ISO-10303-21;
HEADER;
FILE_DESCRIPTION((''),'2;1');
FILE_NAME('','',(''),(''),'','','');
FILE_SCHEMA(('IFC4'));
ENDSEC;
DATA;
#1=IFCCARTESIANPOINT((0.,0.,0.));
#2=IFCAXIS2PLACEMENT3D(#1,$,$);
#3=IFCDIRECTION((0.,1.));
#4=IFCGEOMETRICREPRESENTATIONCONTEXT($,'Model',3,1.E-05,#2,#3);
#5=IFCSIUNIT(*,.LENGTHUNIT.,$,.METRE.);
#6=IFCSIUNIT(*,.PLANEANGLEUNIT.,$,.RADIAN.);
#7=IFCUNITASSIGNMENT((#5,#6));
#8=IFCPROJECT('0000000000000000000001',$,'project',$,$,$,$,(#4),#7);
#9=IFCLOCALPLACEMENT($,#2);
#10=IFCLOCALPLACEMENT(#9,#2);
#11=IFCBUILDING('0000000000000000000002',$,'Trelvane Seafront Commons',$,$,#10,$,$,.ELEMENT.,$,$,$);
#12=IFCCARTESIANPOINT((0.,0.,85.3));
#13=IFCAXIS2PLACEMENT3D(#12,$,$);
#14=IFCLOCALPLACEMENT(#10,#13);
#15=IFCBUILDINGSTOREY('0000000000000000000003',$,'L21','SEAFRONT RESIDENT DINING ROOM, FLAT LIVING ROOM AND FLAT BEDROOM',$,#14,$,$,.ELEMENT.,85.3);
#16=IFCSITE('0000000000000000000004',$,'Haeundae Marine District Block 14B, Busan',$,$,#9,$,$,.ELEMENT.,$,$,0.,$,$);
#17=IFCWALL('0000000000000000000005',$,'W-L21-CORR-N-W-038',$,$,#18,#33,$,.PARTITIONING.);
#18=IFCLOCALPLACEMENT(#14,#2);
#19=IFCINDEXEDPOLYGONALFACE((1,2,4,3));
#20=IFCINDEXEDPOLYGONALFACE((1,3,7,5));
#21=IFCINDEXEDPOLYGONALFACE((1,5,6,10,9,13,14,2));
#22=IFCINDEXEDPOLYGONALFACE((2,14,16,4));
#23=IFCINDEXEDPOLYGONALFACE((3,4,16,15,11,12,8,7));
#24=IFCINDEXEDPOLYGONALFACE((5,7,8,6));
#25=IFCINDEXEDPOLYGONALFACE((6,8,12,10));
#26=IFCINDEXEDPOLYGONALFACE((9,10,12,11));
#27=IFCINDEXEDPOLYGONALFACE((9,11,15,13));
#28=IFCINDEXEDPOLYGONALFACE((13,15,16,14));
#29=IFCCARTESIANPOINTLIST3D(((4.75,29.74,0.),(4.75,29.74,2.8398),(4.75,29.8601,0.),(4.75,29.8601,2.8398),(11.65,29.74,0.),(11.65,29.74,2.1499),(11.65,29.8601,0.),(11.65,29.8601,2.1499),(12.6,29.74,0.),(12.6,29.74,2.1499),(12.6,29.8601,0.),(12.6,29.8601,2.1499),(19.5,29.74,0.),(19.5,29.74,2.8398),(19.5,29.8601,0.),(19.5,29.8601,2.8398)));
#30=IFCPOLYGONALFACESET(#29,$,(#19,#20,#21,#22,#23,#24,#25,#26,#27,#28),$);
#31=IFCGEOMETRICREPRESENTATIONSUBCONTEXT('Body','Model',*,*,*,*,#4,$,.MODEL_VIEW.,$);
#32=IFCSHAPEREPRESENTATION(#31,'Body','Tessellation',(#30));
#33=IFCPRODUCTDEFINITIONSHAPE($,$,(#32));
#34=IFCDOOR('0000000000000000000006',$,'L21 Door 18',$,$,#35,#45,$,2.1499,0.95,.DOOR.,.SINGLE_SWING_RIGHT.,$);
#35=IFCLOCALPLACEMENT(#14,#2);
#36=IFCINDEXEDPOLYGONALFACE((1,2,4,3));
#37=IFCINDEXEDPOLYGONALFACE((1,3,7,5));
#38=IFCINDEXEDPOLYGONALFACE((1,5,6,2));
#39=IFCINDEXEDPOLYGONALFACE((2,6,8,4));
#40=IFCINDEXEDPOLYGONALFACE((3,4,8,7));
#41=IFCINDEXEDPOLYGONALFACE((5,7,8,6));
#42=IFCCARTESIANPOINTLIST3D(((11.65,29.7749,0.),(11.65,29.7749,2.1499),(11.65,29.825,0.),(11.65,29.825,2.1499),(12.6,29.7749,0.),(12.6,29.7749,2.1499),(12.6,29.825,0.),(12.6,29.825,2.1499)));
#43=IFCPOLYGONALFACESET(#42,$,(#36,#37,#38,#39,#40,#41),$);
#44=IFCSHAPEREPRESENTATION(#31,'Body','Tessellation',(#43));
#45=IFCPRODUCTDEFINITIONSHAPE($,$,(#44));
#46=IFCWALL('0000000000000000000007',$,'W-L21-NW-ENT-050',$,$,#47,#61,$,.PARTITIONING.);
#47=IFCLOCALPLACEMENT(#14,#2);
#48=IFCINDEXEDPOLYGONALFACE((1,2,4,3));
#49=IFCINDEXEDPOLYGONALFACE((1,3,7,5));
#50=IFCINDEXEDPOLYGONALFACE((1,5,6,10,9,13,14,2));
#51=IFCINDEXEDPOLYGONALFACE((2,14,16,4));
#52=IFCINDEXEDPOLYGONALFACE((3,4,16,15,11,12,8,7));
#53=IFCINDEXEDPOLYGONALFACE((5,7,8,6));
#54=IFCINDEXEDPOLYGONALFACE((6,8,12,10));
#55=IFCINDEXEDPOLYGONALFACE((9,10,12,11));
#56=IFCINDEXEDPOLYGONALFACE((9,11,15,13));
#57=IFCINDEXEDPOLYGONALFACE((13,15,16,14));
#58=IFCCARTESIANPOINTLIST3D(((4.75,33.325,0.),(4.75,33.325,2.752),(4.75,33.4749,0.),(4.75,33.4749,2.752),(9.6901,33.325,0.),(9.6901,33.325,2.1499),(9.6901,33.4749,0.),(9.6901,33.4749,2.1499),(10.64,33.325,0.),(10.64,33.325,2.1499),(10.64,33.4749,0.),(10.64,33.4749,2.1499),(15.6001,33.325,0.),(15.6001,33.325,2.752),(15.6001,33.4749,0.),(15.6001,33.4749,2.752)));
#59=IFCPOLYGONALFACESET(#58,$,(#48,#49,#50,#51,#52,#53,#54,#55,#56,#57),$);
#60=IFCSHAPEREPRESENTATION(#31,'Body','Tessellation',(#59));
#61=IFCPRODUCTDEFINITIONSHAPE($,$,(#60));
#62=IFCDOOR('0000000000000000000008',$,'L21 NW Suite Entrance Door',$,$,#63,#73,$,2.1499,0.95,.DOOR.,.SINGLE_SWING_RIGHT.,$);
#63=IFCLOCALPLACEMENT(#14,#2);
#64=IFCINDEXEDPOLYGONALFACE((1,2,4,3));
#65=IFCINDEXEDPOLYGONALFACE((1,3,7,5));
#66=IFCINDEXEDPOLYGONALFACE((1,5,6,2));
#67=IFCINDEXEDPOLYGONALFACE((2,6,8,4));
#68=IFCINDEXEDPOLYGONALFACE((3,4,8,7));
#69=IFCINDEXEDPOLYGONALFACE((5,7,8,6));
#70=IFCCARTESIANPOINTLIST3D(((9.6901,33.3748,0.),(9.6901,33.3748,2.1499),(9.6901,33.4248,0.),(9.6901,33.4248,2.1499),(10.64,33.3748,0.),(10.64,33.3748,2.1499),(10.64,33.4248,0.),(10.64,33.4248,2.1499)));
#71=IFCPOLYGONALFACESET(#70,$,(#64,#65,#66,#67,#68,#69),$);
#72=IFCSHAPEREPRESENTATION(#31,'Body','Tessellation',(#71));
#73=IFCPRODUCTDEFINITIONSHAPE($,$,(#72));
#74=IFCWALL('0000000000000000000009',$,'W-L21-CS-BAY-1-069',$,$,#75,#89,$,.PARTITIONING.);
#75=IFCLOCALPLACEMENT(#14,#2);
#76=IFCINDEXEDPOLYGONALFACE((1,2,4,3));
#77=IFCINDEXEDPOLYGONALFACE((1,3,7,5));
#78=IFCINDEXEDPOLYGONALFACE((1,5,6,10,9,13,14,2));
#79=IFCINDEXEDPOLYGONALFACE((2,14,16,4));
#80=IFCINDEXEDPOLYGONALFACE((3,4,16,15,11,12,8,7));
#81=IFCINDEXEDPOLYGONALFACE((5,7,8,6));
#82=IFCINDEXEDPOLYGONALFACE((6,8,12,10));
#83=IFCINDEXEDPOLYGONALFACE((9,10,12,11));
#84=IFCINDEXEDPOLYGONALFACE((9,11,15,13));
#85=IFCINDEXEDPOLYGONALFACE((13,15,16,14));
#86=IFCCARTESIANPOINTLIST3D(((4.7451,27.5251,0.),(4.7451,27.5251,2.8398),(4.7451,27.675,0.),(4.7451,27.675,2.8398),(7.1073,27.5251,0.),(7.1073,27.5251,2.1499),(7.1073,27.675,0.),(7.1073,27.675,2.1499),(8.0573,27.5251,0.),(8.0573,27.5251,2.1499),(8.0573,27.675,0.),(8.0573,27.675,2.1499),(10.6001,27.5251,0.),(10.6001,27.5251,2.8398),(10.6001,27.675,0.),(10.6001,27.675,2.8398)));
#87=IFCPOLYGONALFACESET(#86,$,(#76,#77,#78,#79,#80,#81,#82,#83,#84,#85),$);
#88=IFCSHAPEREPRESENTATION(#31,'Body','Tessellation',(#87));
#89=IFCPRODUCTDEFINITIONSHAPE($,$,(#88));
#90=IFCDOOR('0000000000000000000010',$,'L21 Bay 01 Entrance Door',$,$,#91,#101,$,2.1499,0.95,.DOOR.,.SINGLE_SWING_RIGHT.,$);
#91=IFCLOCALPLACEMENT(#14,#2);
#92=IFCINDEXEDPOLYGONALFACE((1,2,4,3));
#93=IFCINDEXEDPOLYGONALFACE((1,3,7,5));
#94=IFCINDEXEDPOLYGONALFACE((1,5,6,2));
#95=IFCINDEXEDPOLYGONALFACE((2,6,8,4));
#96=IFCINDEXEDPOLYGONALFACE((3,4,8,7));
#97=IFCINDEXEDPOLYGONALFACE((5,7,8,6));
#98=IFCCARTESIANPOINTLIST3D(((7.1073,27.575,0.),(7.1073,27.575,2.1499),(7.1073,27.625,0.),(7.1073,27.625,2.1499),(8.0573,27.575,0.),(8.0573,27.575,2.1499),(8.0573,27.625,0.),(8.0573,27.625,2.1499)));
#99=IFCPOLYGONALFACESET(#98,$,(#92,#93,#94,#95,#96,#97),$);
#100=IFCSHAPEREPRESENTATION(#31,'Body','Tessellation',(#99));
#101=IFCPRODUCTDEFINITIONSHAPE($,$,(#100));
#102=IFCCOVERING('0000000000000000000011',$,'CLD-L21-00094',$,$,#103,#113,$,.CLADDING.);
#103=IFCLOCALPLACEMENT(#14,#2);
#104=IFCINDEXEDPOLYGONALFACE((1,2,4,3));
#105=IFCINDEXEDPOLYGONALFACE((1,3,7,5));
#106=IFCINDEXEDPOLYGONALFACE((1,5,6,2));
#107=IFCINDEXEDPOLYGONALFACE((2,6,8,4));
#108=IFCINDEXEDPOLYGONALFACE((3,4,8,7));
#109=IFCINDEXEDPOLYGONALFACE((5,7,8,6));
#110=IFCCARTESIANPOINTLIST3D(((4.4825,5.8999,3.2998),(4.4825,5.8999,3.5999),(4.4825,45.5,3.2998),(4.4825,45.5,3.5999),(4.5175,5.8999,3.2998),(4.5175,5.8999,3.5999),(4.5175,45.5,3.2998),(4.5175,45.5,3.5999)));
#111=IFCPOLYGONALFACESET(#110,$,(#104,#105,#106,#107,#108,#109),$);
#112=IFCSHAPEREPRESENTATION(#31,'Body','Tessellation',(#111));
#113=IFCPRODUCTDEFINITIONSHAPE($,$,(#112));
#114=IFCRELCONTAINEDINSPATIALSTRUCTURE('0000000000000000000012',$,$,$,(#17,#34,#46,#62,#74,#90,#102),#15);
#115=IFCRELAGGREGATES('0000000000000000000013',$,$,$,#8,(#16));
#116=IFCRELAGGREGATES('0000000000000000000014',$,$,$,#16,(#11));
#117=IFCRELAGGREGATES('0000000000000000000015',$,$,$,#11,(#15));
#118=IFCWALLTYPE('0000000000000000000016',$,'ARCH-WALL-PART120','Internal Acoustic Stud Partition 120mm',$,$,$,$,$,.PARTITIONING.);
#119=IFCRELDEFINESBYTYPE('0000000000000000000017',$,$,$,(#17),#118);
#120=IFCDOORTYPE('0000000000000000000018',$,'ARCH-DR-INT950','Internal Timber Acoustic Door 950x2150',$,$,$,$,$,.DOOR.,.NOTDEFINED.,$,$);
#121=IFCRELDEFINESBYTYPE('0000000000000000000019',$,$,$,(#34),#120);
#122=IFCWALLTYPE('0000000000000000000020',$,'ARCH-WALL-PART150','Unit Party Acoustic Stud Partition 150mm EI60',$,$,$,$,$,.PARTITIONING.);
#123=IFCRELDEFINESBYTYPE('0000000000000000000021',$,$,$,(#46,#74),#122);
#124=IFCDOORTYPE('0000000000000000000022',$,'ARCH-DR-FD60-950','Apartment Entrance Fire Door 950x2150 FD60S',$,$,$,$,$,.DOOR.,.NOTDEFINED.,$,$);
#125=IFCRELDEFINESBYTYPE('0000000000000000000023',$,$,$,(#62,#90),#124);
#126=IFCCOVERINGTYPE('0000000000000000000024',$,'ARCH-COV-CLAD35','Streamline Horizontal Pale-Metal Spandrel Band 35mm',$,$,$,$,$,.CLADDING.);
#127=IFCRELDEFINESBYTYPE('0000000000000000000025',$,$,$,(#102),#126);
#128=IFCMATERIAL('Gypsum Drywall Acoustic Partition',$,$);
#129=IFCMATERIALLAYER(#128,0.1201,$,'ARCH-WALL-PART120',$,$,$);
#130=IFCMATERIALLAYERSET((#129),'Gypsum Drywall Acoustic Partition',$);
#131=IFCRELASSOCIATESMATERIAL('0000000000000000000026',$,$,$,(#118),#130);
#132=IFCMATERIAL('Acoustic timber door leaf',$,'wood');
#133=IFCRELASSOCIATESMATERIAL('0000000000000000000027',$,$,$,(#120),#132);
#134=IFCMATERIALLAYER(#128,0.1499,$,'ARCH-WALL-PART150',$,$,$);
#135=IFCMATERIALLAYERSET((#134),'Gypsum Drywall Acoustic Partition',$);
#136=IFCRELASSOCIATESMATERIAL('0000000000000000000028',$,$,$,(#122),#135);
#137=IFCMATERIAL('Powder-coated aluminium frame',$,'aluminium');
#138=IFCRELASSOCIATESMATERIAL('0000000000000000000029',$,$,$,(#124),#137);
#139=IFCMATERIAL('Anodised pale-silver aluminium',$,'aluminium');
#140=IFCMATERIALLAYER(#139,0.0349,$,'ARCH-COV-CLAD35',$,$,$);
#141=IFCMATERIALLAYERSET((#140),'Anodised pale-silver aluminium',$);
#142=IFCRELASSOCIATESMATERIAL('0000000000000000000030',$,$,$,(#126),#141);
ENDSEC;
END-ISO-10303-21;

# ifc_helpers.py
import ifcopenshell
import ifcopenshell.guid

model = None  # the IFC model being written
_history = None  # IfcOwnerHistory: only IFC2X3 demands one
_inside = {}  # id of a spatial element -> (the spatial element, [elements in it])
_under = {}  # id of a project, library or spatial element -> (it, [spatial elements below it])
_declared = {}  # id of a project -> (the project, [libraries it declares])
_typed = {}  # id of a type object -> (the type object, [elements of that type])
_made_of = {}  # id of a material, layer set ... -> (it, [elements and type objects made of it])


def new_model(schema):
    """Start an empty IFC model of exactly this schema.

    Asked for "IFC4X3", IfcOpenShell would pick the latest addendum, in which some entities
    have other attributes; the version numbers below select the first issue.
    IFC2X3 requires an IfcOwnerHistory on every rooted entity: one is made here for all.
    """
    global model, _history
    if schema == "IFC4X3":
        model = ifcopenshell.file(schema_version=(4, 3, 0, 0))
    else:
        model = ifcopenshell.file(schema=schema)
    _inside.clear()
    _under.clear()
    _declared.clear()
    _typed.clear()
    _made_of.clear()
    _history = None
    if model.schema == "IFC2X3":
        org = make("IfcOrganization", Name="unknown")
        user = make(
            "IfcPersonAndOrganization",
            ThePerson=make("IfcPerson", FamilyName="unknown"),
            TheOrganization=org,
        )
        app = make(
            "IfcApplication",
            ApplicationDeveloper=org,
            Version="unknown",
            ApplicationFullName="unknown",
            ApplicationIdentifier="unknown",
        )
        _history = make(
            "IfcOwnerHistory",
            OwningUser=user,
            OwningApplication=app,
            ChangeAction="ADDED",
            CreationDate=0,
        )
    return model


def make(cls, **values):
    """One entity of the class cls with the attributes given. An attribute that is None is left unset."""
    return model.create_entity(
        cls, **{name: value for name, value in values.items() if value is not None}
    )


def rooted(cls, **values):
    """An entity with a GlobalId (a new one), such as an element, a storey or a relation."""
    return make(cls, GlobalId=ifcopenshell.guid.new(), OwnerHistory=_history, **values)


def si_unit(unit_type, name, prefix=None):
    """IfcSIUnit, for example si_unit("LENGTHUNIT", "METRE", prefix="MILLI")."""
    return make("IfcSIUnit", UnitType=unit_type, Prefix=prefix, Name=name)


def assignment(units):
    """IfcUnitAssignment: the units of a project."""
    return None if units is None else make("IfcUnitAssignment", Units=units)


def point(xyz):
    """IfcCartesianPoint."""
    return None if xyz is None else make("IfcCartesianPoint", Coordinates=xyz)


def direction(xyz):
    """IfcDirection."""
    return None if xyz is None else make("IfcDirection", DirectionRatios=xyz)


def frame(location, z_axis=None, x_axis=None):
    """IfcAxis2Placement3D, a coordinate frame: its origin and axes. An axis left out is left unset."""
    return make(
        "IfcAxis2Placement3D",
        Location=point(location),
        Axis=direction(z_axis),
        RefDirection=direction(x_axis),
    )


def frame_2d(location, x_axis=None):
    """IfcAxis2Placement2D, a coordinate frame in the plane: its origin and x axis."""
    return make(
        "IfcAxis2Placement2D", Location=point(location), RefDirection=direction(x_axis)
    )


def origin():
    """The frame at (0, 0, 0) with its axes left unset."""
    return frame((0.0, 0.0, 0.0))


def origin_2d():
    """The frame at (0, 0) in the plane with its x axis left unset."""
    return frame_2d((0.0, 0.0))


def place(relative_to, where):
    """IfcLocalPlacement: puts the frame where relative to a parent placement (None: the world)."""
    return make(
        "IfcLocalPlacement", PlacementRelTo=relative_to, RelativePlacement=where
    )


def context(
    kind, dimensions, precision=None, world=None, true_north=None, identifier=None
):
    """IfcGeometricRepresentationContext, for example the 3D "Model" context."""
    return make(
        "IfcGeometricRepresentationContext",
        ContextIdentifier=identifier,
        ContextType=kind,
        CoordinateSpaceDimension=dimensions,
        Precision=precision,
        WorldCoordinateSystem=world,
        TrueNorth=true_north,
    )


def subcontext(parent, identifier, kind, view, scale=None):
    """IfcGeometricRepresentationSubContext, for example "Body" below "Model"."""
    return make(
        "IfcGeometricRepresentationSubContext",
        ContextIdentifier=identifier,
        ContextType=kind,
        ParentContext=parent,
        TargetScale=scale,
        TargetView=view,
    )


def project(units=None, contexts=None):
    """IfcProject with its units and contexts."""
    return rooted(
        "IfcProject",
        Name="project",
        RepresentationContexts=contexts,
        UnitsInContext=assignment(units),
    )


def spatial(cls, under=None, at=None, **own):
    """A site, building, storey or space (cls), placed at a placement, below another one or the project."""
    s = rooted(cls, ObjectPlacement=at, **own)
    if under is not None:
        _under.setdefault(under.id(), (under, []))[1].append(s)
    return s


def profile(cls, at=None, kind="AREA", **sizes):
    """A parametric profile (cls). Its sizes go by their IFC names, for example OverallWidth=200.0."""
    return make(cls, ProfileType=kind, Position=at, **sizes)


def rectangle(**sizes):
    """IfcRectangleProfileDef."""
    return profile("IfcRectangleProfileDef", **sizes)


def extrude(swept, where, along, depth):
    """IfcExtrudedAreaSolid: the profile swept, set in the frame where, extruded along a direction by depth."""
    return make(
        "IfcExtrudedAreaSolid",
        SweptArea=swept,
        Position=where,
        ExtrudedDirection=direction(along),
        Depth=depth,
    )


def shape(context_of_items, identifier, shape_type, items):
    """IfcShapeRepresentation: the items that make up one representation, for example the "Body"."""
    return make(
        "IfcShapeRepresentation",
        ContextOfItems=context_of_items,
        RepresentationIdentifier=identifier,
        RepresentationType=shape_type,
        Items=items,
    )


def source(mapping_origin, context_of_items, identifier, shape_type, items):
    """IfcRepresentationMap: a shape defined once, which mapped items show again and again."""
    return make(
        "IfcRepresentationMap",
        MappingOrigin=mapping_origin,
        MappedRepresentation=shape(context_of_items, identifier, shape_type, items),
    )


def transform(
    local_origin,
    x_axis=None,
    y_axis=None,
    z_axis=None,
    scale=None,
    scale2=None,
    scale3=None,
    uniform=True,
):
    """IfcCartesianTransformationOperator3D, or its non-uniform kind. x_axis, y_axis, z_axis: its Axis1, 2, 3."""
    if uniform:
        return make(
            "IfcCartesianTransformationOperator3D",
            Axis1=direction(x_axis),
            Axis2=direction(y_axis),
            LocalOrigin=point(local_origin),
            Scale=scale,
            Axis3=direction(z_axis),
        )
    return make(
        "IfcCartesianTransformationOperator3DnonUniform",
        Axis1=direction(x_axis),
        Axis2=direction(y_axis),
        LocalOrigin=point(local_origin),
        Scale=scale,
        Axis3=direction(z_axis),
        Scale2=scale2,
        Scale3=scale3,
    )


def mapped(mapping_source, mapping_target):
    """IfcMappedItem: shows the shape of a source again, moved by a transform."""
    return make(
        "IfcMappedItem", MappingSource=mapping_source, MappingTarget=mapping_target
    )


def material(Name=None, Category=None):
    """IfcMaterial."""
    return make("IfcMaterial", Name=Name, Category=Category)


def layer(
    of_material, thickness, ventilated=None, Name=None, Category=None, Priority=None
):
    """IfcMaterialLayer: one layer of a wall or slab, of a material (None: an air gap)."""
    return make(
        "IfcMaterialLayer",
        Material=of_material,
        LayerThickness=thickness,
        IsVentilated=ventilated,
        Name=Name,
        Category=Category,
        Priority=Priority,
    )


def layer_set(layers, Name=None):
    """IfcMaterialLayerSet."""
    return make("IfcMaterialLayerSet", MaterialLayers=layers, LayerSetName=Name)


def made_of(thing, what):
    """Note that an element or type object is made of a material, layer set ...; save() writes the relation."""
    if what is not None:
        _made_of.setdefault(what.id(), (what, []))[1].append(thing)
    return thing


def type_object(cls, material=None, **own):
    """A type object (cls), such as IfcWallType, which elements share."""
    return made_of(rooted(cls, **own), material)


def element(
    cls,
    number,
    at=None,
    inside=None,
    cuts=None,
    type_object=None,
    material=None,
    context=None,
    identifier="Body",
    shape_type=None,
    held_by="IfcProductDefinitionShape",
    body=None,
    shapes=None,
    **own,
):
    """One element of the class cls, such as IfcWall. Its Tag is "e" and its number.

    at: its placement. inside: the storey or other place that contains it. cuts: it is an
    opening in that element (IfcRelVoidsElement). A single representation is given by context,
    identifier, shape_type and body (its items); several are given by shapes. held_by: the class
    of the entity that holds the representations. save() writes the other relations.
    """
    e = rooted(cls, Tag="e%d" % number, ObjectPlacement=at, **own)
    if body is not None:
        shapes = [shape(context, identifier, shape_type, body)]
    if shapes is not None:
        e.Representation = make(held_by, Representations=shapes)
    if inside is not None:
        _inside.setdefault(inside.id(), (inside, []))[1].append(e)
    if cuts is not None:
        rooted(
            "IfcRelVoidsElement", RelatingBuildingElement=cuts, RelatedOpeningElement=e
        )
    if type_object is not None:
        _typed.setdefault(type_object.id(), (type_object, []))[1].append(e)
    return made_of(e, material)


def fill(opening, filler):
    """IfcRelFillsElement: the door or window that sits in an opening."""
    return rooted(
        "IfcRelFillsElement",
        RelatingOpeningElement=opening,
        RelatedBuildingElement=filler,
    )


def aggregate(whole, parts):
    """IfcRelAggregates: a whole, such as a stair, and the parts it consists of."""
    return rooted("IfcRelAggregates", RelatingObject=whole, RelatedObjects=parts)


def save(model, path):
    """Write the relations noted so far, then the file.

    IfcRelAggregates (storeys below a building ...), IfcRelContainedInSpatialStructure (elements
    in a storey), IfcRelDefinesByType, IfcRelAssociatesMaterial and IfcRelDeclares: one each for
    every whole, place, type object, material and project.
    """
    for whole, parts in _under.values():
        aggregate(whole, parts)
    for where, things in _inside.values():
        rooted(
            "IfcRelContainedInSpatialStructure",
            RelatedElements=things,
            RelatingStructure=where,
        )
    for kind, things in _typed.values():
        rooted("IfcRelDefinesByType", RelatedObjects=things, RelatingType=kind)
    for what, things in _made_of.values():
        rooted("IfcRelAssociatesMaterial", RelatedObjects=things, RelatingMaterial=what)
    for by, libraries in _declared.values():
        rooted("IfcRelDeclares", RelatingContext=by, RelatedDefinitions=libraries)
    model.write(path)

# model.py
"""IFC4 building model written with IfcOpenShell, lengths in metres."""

from ifc_helpers import new_model, si_unit, direction, frame, frame_2d, origin, origin_2d, place, context, subcontext, project, spatial, rectangle, extrude, source, transform, mapped, material, layer, layer_set, type_object, element, fill, save


model = new_model("IFC4")

# Units and contexts
model_context = context("Model", 3, precision=1e-05, world=origin(), true_north=direction((0.0, 1.0)))
body_context = subcontext(model_context, "Body", "Model", "MODEL_VIEW")
ifc_project = project(units=[si_unit("LENGTHUNIT", "METRE"), si_unit("PLANEANGLEUNIT", "RADIAN")], contexts=[model_context])

# Site, building, storey
site_placement = place(None, origin())
site = spatial("IfcSite", under=ifc_project, at=site_placement, Name="Haeundae Marine District Block 14B, Busan", CompositionType="ELEMENT", RefElevation=0.0)
building_placement = place(site_placement, origin())
building = spatial("IfcBuilding", under=site, at=building_placement, Name="Trelvane Seafront Commons", CompositionType="ELEMENT")
storey_placement = place(building_placement, frame((0.0, 0.0, 85.3)))
storey = spatial("IfcBuildingStorey", under=building, at=storey_placement, Name="L21", Description="SEAFRONT RESIDENT DINING ROOM, FLAT LIVING ROOM AND FLAT BEDROOM", CompositionType="ELEMENT", Elevation=85.3)

# Walls, openings, doors
ifc_material_1 = material(Name="Gypsum Drywall Acoustic Partition")
ifc_layer_1 = layer(ifc_material_1, 0.1201, Name="ARCH-WALL-PART120")
ifc_layer_set_1 = layer_set([ifc_layer_1], Name="Gypsum Drywall Acoustic Partition")
wall_type_1 = type_object("IfcWallType", Name="ARCH-WALL-PART120", Description="Internal Acoustic Stud Partition 120mm", PredefinedType="PARTITIONING", material=ifc_layer_set_1)
wall_1_placement = place(storey_placement, frame((4.75, 29.8, 0.0), z_axis=(0.0, 0.0, 1.0), x_axis=(1.0, 0.0, 0.0)))
wall_1 = element("IfcWall", 1, at=wall_1_placement, inside=storey, type_object=wall_type_1, Name="W-L21-CORR-N-W-038", PredefinedType="PARTITIONING", context=body_context, shape_type="SweptSolid", body=[
    extrude(rectangle(XDim=14.75, YDim=0.1201, at=frame_2d((7.375, 0.0))), origin(), (0.0, 0.0, 1.0), 2.8398),
])
opening_1_placement = place(wall_1_placement, frame((6.8999, 0.0, 0.0)))
opening_1 = element("IfcOpeningElement", 2, at=opening_1_placement, cuts=wall_1, PredefinedType="OPENING", context=body_context, shape_type="SweptSolid", body=[
    extrude(rectangle(XDim=0.95, YDim=2.1499, at=frame_2d((0.4751, 1.075))), frame((0.0, 0.0701, 0.0), z_axis=(0.0, -1.0, 0.0), x_axis=(1.0, 0.0, 0.0)), (0.0, 0.0, 1.0), 0.1401),
])
ifc_material_2 = material(Name="Acoustic timber door leaf", Category="wood")
door_type_1 = type_object("IfcDoorType", Name="ARCH-DR-INT950", Description="Internal Timber Acoustic Door 950x2150", OperationType="NOTDEFINED", PredefinedType="DOOR", material=ifc_material_2)
shared_shape_1 = source(origin(), body_context, "Body", "SweptSolid", [
    extrude(rectangle(XDim=0.95, YDim=2.1499, at=frame_2d((0.4751, 1.075))), frame((0.0, 0.0249, 0.0), z_axis=(0.0, -1.0, 0.0), x_axis=(1.0, 0.0, 0.0)), (0.0, 0.0, 1.0), 0.05),
])
door_1_placement = place(opening_1_placement, origin())
door_1 = element("IfcDoor", 3, at=door_1_placement, inside=storey, type_object=door_type_1, Name="L21 Door 18", OperationType="SINGLE_SWING_RIGHT", OverallHeight=2.1499, OverallWidth=0.95, PredefinedType="DOOR", context=body_context, shape_type="MappedRepresentation", body=[
    mapped(shared_shape_1, transform((0.0, 0.0, 0.0), x_axis=(1.0, 0.0, 0.0), y_axis=(0.0, 1.0, 0.0), z_axis=(0.0, 0.0, 1.0), scale=1.0)),
])
fill(opening_1, door_1)
ifc_layer_2 = layer(ifc_material_1, 0.1499, Name="ARCH-WALL-PART150")
ifc_layer_set_2 = layer_set([ifc_layer_2], Name="Gypsum Drywall Acoustic Partition")
wall_type_2 = type_object("IfcWallType", Name="ARCH-WALL-PART150", Description="Unit Party Acoustic Stud Partition 150mm EI60", PredefinedType="PARTITIONING", material=ifc_layer_set_2)
wall_2_placement = place(storey_placement, frame((4.75, 33.3999, 0.0), z_axis=(0.0, 0.0, 1.0), x_axis=(1.0, 0.0, 0.0)))
wall_2 = element("IfcWall", 4, at=wall_2_placement, inside=storey, type_object=wall_type_2, Name="W-L21-NW-ENT-050", PredefinedType="PARTITIONING", context=body_context, shape_type="SweptSolid", body=[
    extrude(rectangle(XDim=10.8501, YDim=0.1499, at=frame_2d((5.425, 0.0))), origin(), (0.0, 0.0, 1.0), 2.752),
])
opening_2_placement = place(wall_2_placement, frame((4.9399, 0.0, 0.0)))
opening_2 = element("IfcOpeningElement", 5, at=opening_2_placement, cuts=wall_2, PredefinedType="OPENING", context=body_context, shape_type="SweptSolid", body=[
    extrude(rectangle(XDim=0.95, YDim=2.1499, at=frame_2d((0.4751, 1.075))), frame((0.0, 0.085, 0.0), z_axis=(0.0, -1.0, 0.0), x_axis=(1.0, 0.0, 0.0)), (0.0, 0.0, 1.0), 0.1699),
])
ifc_material_3 = material(Name="Powder-coated aluminium frame", Category="aluminium")
door_type_2 = type_object("IfcDoorType", Name="ARCH-DR-FD60-950", Description="Apartment Entrance Fire Door 950x2150 FD60S", OperationType="NOTDEFINED", PredefinedType="DOOR", material=ifc_material_3)
door_2_placement = place(opening_2_placement, origin())
door_2 = element("IfcDoor", 6, at=door_2_placement, inside=storey, type_object=door_type_2, Name="L21 NW Suite Entrance Door", OperationType="SINGLE_SWING_RIGHT", OverallHeight=2.1499, OverallWidth=0.95, PredefinedType="DOOR", context=body_context, shape_type="MappedRepresentation", body=[
    mapped(shared_shape_1, transform((0.0, 0.0, 0.0), x_axis=(1.0, 0.0, 0.0), y_axis=(0.0, 1.0, 0.0), z_axis=(0.0, 0.0, 1.0), scale=1.0)),
])
fill(opening_2, door_2)
wall_3_placement = place(storey_placement, frame((4.7451, 27.6001, 0.0), z_axis=(0.0, 0.0, 1.0), x_axis=(1.0, 0.0, 0.0)))
wall_3 = element("IfcWall", 7, at=wall_3_placement, inside=storey, type_object=wall_type_2, Name="W-L21-CS-BAY-1-069", PredefinedType="PARTITIONING", context=body_context, shape_type="SweptSolid", body=[
    extrude(rectangle(XDim=5.855, YDim=0.1499, at=frame_2d((2.9275, 0.0))), origin(), (0.0, 0.0, 1.0), 2.8398),
])
opening_3_placement = place(wall_3_placement, frame((2.3621, 0.0, 0.0)))
opening_3 = element("IfcOpeningElement", 8, at=opening_3_placement, cuts=wall_3, PredefinedType="OPENING", context=body_context, shape_type="SweptSolid", body=[
    extrude(rectangle(XDim=0.95, YDim=2.1499, at=frame_2d((0.4751, 1.075))), frame((0.0, 0.085, 0.0), z_axis=(0.0, -1.0, 0.0), x_axis=(1.0, 0.0, 0.0)), (0.0, 0.0, 1.0), 0.1699),
])
door_3_placement = place(opening_3_placement, origin())
door_3 = element("IfcDoor", 9, at=door_3_placement, inside=storey, type_object=door_type_2, Name="L21 Bay 01 Entrance Door", OperationType="SINGLE_SWING_RIGHT", OverallHeight=2.1499, OverallWidth=0.95, PredefinedType="DOOR", context=body_context, shape_type="MappedRepresentation", body=[
    mapped(shared_shape_1, transform((0.0, 0.0, 0.0), x_axis=(1.0, 0.0, 0.0), y_axis=(0.0, 1.0, 0.0), z_axis=(0.0, 0.0, 1.0), scale=1.0)),
])
fill(opening_3, door_3)

# Covering
ifc_material_4 = material(Name="Anodised pale-silver aluminium", Category="aluminium")
ifc_layer_3 = layer(ifc_material_4, 0.0349, Name="ARCH-COV-CLAD35")
ifc_layer_set_3 = layer_set([ifc_layer_3], Name="Anodised pale-silver aluminium")
covering_type = type_object("IfcCoveringType", Name="ARCH-COV-CLAD35", Description="Streamline Horizontal Pale-Metal Spandrel Band 35mm", PredefinedType="CLADDING", material=ifc_layer_set_3)
shared_shape_2 = source(origin(), body_context, "Body", "SweptSolid", [
    extrude(rectangle(XDim=39.6001, YDim=0.0349, at=origin_2d()), origin(), (0.0, 0.0, 1.0), 0.3),
])
covering_placement = place(storey_placement, frame((4.5, 25.7, 3.2998), z_axis=(0.0, 0.0, 1.0), x_axis=(0.0, 1.0, 0.0)))
element("IfcCovering", 10, at=covering_placement, inside=storey, type_object=covering_type, Name="CLD-L21-00094", PredefinedType="CLADDING", context=body_context, shape_type="MappedRepresentation", body=[
    mapped(shared_shape_2, transform((0.0, 0.0, 0.0), x_axis=(1.0, 0.0, 0.0), y_axis=(0.0, 1.0, 0.0), z_axis=(0.0, 0.0, 1.0), scale=1.0)),
])

save(model, "model.ifc")
